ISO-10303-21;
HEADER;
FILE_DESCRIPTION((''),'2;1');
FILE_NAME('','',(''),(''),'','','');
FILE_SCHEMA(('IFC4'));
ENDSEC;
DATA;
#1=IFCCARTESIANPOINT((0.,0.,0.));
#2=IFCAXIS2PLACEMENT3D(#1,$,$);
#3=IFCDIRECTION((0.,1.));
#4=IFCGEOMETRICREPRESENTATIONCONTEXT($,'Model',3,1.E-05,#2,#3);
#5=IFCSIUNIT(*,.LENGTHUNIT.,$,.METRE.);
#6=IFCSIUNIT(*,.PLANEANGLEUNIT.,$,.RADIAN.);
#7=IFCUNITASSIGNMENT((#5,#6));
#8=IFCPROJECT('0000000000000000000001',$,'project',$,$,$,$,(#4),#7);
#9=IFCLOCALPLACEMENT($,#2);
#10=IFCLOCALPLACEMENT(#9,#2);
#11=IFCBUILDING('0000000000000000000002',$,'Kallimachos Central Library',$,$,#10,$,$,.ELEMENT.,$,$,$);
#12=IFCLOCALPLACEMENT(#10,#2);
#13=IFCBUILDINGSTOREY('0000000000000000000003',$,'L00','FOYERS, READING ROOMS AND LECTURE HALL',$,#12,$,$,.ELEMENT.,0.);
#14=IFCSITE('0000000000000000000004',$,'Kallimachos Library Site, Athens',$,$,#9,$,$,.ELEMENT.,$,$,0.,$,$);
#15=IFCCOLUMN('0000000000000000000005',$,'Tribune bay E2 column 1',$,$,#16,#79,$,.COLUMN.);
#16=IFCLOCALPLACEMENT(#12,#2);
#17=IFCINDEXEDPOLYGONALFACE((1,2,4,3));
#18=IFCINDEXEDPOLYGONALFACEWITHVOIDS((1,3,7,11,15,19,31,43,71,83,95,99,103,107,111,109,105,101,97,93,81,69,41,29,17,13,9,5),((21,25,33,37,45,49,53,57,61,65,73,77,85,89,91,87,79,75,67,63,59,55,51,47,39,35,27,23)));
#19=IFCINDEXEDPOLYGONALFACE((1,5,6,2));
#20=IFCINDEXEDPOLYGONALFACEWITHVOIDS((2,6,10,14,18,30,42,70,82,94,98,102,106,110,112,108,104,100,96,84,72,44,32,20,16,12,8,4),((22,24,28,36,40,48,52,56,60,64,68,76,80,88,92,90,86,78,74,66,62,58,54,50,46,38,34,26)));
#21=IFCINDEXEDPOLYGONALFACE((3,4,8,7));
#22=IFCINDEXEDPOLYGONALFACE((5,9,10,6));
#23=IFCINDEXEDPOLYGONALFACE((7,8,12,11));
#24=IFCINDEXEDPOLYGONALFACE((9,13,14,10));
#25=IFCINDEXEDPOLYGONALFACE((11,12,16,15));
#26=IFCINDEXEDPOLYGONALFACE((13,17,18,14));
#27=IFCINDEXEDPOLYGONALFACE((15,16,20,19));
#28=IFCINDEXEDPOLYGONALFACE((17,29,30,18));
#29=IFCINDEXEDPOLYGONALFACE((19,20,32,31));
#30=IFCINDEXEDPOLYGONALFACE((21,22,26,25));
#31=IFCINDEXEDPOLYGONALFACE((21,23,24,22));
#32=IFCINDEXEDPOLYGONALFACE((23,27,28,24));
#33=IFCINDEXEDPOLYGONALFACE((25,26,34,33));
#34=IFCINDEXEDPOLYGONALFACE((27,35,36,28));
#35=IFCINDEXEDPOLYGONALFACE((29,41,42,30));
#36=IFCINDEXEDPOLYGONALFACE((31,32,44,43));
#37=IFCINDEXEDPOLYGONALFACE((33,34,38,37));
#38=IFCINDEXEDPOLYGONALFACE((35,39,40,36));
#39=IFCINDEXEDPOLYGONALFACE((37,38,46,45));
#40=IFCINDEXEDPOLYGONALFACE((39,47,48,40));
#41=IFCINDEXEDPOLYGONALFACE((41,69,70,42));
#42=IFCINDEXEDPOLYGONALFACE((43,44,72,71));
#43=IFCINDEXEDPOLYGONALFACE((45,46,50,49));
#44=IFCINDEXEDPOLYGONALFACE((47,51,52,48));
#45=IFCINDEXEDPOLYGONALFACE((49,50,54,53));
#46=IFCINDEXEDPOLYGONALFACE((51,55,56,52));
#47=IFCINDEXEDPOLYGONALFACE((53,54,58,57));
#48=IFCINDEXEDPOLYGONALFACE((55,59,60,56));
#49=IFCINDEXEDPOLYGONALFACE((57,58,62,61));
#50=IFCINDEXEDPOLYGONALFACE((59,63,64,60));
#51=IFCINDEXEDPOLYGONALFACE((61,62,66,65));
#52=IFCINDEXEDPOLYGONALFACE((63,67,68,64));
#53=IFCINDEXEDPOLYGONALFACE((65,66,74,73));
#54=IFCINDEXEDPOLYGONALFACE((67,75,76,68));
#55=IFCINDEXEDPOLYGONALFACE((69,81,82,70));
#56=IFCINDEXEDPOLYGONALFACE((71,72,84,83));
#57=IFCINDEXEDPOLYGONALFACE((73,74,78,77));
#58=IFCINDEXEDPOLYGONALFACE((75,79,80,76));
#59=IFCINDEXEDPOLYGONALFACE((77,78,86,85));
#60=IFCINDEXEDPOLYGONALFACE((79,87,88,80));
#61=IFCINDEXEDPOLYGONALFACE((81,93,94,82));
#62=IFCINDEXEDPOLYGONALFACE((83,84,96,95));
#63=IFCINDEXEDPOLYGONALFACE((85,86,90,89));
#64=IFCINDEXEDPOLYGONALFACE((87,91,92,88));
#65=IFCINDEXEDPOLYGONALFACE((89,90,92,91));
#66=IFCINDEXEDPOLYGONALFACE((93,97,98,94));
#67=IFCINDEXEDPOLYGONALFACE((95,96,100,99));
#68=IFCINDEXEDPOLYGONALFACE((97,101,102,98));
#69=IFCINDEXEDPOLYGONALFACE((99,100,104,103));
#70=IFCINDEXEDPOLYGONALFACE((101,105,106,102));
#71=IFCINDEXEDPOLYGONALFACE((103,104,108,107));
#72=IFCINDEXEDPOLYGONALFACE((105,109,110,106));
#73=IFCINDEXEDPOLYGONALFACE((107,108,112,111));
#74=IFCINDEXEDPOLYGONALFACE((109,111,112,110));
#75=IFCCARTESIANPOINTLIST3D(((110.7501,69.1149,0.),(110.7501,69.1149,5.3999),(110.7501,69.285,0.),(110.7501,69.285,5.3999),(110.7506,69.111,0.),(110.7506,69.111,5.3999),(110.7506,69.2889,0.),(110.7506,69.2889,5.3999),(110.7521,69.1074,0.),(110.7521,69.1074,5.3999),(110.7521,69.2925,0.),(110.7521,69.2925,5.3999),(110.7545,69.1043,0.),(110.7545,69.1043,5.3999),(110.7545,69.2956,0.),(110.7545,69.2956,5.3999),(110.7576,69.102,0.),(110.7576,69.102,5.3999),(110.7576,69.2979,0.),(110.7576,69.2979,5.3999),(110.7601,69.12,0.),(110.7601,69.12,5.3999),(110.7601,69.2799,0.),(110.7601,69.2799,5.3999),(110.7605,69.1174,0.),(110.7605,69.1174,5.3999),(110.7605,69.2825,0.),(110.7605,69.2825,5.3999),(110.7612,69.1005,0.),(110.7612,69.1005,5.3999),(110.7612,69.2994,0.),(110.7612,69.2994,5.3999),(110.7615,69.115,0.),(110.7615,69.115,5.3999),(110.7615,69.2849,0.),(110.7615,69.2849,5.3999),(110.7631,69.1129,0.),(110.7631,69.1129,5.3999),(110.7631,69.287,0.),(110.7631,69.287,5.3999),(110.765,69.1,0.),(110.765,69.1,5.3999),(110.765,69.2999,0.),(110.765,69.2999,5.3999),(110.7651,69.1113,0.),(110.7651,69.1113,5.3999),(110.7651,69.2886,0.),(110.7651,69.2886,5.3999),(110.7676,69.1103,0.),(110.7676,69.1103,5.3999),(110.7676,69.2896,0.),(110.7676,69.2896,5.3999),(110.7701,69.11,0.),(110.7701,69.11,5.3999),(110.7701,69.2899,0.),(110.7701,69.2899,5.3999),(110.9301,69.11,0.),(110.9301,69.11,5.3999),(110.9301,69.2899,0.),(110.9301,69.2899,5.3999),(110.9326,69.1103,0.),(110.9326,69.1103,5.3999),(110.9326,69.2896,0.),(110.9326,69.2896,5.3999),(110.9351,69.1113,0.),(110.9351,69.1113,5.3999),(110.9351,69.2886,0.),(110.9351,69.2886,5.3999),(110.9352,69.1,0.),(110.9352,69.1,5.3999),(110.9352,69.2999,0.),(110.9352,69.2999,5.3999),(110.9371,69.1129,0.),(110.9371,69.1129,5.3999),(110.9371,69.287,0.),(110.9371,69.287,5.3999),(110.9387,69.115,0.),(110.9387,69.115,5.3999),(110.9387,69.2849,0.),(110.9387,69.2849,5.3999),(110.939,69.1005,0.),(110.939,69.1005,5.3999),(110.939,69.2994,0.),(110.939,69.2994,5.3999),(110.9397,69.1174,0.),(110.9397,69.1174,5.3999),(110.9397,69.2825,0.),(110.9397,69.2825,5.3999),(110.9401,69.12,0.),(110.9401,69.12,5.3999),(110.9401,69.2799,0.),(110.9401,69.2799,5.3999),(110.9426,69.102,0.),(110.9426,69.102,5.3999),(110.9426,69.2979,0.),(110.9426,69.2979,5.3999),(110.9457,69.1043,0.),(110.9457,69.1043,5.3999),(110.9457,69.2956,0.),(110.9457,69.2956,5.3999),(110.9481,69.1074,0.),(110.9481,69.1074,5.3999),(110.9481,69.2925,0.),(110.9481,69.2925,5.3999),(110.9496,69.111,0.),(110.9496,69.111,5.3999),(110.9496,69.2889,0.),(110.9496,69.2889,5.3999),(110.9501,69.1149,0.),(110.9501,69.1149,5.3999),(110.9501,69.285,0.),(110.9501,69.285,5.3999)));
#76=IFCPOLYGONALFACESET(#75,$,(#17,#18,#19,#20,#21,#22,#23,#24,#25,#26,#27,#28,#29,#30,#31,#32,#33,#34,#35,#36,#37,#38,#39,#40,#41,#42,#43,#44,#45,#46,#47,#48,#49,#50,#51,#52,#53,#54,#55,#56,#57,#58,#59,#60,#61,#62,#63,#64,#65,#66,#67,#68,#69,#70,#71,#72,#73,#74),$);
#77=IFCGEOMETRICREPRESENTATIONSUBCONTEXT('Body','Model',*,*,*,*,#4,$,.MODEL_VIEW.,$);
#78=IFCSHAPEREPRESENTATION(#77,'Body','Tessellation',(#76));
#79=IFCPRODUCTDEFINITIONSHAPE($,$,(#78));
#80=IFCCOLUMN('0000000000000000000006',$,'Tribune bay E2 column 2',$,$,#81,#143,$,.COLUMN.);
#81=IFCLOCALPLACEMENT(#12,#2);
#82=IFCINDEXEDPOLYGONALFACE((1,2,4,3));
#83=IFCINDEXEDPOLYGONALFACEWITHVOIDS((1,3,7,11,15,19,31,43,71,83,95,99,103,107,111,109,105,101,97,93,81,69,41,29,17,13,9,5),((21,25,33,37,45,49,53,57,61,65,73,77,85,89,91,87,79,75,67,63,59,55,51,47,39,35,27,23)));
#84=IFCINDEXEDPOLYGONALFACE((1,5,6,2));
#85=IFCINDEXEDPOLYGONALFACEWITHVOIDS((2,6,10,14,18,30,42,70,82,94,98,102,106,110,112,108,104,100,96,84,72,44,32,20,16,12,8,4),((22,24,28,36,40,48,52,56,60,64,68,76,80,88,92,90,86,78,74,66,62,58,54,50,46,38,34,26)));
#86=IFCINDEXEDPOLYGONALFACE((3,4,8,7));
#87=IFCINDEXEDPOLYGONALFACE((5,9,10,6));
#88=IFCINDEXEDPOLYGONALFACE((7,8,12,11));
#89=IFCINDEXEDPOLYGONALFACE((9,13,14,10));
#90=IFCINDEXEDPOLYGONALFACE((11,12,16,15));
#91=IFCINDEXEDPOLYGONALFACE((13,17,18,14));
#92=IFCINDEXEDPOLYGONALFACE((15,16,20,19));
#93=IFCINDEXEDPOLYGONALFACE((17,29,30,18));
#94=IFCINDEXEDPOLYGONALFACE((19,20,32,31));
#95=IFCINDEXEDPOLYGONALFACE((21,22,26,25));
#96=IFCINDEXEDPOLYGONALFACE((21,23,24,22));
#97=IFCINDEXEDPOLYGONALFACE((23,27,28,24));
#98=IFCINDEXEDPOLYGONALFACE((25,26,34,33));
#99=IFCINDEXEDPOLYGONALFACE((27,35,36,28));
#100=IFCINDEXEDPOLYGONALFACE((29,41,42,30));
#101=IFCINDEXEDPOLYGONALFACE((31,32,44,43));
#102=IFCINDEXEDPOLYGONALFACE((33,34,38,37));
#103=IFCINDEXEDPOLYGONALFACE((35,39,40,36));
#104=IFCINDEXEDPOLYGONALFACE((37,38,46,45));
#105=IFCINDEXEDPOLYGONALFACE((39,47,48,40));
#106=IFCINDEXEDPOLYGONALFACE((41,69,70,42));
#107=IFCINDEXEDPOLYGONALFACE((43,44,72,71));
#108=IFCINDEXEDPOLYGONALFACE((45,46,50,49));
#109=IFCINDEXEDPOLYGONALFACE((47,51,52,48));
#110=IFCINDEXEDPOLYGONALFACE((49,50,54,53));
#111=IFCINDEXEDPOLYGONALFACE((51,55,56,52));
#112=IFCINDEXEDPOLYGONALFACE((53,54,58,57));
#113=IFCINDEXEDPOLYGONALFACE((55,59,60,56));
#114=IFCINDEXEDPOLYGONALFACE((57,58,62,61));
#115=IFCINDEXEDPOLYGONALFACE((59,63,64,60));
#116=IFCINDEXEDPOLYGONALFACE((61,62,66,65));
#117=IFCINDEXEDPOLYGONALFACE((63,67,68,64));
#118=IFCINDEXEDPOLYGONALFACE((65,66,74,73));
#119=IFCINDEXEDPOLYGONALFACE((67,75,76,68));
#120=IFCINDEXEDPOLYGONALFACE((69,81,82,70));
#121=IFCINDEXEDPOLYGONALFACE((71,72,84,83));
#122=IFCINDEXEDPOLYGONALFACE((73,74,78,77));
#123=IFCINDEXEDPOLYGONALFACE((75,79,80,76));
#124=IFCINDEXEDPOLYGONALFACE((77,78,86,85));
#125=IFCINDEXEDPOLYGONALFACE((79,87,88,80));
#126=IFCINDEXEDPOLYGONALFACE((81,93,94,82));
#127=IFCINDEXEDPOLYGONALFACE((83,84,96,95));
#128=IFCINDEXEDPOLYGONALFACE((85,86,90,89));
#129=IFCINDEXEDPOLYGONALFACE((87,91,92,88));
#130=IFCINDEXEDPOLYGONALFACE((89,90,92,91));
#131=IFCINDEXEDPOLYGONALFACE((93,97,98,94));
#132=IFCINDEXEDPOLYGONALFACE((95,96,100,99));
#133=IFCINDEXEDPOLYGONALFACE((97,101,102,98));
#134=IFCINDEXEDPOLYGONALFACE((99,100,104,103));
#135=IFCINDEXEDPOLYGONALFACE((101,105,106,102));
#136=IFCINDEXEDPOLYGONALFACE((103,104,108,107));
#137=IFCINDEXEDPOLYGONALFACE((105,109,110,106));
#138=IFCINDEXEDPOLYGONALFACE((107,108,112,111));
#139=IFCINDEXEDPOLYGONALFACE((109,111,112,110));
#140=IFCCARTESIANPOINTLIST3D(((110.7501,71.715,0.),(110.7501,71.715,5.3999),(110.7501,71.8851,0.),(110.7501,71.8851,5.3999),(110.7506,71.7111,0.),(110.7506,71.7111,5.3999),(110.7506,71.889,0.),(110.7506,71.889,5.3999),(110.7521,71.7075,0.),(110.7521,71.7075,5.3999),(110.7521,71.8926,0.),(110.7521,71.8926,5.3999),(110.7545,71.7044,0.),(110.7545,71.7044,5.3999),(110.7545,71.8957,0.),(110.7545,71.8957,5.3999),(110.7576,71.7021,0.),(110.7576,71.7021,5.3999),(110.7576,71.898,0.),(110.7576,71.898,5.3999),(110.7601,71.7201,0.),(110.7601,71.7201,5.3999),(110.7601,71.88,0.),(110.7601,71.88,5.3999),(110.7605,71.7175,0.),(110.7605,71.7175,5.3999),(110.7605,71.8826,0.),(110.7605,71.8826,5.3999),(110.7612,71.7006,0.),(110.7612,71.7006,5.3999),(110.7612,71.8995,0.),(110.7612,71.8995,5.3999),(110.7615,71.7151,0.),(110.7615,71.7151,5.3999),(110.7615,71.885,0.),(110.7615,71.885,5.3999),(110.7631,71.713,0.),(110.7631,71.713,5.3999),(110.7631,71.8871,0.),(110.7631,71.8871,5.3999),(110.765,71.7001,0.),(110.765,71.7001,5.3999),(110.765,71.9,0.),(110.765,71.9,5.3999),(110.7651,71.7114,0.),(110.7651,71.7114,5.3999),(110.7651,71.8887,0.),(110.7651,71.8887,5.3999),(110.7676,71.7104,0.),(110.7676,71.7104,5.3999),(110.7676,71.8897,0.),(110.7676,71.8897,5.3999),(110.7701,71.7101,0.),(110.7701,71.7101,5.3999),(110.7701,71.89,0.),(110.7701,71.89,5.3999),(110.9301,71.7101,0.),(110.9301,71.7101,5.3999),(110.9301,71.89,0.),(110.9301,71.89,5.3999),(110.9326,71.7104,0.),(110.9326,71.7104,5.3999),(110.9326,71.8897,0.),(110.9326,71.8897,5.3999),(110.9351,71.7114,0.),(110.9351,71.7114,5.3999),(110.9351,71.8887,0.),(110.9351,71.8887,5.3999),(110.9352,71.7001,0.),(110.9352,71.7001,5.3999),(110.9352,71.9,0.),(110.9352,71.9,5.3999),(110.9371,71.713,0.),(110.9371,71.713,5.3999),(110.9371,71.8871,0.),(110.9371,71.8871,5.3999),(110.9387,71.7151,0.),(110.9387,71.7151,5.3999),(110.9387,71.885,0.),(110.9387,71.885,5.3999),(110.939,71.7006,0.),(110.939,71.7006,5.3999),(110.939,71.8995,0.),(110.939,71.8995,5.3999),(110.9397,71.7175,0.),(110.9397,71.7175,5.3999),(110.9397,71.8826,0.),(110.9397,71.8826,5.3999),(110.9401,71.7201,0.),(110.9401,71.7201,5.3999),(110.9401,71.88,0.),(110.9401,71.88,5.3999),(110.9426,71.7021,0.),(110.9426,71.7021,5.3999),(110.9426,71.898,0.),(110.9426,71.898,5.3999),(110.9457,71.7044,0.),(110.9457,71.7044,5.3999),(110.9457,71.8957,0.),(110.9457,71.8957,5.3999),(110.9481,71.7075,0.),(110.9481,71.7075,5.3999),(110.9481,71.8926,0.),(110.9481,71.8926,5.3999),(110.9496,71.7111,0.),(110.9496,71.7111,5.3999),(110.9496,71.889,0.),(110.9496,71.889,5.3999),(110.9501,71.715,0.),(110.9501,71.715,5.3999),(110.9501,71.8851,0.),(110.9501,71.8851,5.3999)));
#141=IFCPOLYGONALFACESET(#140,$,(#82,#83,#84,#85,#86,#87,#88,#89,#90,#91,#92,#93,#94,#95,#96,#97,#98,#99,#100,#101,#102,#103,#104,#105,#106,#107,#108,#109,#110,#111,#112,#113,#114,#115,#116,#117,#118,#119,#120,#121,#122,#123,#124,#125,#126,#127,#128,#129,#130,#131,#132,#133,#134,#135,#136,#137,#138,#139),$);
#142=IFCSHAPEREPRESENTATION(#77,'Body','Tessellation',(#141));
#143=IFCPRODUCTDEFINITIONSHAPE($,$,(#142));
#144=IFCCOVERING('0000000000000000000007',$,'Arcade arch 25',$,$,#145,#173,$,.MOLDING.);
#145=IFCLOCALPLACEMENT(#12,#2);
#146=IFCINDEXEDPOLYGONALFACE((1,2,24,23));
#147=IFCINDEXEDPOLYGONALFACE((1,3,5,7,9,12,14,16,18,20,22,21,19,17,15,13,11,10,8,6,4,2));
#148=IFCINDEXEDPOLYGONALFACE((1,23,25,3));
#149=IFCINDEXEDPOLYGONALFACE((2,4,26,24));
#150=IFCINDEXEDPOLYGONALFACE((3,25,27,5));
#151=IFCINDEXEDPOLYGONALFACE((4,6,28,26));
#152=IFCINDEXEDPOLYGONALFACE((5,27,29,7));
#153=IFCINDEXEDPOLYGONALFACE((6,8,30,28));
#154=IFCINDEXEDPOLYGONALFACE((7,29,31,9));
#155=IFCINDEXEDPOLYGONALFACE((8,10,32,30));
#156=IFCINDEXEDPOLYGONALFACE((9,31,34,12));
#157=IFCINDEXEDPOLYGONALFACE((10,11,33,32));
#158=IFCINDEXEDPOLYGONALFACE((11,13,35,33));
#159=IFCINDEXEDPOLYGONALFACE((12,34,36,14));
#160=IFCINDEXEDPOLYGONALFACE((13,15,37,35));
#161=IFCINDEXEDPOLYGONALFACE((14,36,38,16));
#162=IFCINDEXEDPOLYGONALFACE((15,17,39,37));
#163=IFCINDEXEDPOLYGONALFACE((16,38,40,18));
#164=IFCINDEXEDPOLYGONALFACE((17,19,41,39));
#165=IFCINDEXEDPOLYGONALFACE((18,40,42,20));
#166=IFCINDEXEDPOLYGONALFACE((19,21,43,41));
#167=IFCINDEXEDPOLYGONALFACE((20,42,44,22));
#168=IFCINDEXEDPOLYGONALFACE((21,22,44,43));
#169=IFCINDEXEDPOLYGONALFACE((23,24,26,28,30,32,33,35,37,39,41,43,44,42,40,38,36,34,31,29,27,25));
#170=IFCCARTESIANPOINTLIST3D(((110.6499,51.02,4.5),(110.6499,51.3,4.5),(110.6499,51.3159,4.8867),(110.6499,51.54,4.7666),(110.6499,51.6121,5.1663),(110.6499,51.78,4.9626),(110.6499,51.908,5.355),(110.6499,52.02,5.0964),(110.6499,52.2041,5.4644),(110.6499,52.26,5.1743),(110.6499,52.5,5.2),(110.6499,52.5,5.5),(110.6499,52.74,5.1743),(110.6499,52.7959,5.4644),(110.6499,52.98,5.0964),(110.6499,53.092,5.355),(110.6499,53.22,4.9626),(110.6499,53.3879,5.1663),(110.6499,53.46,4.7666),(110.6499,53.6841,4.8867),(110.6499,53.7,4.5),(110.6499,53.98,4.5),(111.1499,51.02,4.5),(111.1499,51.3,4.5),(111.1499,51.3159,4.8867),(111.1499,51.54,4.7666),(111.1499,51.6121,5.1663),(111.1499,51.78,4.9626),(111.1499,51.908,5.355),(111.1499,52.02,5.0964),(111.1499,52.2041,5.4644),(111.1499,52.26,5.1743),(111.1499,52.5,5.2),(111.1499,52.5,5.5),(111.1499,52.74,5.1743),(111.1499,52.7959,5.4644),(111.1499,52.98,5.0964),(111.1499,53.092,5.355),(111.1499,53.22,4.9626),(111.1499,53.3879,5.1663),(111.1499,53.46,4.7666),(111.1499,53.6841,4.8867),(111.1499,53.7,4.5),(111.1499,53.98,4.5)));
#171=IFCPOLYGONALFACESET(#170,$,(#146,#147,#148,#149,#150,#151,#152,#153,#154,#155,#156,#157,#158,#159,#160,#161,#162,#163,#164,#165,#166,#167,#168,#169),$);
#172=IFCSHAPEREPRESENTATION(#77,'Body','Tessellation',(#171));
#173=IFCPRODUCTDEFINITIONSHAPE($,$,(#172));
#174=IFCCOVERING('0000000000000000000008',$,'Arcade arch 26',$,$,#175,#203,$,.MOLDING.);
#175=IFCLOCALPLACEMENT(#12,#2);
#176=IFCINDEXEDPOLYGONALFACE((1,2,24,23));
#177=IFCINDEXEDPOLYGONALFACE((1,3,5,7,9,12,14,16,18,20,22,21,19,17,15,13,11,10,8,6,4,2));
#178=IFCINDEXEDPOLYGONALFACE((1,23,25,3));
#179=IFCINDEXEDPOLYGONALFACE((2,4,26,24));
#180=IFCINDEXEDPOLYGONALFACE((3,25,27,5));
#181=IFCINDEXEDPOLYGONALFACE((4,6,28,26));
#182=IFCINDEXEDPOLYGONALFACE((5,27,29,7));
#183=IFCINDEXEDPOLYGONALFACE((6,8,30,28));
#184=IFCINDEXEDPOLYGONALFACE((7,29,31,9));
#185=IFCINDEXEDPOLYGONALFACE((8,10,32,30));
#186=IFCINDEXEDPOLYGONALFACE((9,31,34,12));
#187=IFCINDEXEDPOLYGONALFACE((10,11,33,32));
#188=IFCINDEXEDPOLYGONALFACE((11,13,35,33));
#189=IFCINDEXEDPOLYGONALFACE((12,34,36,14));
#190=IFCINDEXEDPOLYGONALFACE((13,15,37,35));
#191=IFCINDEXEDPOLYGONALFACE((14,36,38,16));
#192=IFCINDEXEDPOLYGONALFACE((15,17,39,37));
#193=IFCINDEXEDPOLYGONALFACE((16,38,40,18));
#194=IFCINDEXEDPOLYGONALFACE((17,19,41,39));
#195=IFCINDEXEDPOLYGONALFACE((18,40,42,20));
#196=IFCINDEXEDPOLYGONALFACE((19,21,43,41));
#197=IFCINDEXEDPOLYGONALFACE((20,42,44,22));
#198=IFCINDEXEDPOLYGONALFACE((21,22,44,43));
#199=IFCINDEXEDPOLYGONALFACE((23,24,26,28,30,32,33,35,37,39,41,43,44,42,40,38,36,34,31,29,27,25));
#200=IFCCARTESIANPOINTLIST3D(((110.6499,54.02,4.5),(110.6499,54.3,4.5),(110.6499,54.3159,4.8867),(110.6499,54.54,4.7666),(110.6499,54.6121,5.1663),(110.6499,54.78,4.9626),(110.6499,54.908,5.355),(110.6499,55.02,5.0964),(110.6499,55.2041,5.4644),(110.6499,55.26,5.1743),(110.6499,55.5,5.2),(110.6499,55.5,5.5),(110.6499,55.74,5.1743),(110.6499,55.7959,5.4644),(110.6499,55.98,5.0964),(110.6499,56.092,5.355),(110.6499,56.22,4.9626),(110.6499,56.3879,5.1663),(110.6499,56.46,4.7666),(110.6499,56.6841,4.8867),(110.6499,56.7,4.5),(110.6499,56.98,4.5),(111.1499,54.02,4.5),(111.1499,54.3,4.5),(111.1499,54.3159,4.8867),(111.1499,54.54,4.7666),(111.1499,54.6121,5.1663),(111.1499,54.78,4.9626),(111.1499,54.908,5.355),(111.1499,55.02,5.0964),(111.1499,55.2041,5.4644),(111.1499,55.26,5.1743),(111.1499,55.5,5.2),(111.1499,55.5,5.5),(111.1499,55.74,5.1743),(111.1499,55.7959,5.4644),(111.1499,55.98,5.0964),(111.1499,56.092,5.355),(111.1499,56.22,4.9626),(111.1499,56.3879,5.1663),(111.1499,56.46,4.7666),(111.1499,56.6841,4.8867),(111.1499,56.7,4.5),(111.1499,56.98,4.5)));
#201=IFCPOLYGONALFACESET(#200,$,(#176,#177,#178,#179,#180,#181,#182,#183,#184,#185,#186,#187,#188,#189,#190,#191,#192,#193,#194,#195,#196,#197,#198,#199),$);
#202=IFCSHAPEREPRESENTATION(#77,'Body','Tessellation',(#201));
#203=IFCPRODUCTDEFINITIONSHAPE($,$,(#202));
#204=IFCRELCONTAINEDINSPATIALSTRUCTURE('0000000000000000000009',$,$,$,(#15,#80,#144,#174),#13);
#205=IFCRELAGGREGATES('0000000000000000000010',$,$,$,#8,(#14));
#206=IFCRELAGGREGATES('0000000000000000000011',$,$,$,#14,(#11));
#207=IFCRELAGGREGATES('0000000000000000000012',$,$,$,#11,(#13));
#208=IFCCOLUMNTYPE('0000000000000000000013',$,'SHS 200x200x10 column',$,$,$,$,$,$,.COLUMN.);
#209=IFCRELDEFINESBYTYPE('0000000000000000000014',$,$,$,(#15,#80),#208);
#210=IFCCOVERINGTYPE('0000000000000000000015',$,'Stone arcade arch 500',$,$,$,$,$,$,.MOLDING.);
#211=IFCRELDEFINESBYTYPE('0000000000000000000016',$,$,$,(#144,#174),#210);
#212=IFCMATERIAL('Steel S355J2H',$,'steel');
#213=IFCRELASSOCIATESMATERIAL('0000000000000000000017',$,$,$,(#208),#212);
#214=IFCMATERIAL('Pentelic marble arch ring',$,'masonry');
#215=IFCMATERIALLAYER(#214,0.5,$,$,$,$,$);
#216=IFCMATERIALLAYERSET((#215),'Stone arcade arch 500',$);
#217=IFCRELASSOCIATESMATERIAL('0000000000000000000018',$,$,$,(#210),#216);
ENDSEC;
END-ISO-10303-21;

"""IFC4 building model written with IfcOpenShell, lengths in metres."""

from ifc_helpers import new_model, si_unit, direction, frame, origin, origin_2d, place, context, subcontext, project, spatial, polyline, hollow_rectangle, outline, extrude, material, layer, layer_set, material_profile, profile_set, type_object, element, save


model = new_model("IFC4")

# Units and contexts
model_context = context("Model", 3, precision=1e-05, world=origin(), true_north=direction((0.0, 1.0)))
body_context = subcontext(model_context, "Body", "Model", "MODEL_VIEW")
ifc_project = project(units=[si_unit("LENGTHUNIT", "METRE"), si_unit("PLANEANGLEUNIT", "RADIAN")], contexts=[model_context])

# Site, building, storey
site_placement = place(None, origin())
site = spatial("IfcSite", under=ifc_project, at=site_placement, Name="Kallimachos Library Site, Athens", CompositionType="ELEMENT", RefElevation=0.0)
building_placement = place(site_placement, origin())
building = spatial("IfcBuilding", under=site, at=building_placement, Name="Kallimachos Central Library", CompositionType="ELEMENT")
storey_placement = place(building_placement, origin())
storey = spatial("IfcBuildingStorey", under=building, at=storey_placement, Name="L00", Description="FOYERS, READING ROOMS AND LECTURE HALL", CompositionType="ELEMENT", Elevation=0.0)

# Columns
ifc_material_1 = material(Name="Steel S355J2H", Category="steel")
ifc_material_profile = material_profile(ifc_material_1, hollow_rectangle(XDim=0.2, YDim=0.2, WallThickness=0.01, InnerFilletRadius=0.01, OuterFilletRadius=0.0149, at=origin_2d()), Name="SHS 200x200x10")
ifc_profile_set = profile_set([ifc_material_profile], Name="Steel S355J2H")
column_type = type_object("IfcColumnType", Name="SHS 200x200x10 column", PredefinedType="COLUMN", material=ifc_profile_set)
for number, where, z_axis, x_axis, name in (
    (1, (110.8501, 69.2, 0.0), (0.0, 0.0, 1.0), (1.0, 0.0, 0.0), "Tribune bay E2 column 1"),
    (2, (110.8501, 71.8, 0.0), (0.0, 0.0, 1.0), (1.0, 0.0, 0.0), "Tribune bay E2 column 2"),
):
    element("IfcColumn", number, at=place(storey_placement, frame(where, z_axis=z_axis, x_axis=x_axis)), inside=storey, type_object=column_type, Name=name, PredefinedType="COLUMN", context=body_context, shape_type="SweptSolid", body=[
        extrude(hollow_rectangle(XDim=0.2, YDim=0.2, WallThickness=0.01, InnerFilletRadius=0.01, OuterFilletRadius=0.0149, at=origin_2d()), origin(), (0.0, 0.0, 1.0), 5.3999),
    ])

# Coverings
ifc_material_2 = material(Name="Pentelic marble arch ring", Category="masonry")
ifc_layer_1 = layer(ifc_material_2, 0.5)
ifc_layer_set_1 = layer_set([ifc_layer_1], Name="Stone arcade arch 500")
covering_type_1 = type_object("IfcCoveringType", Name="Stone arcade arch 500", PredefinedType="MOLDING", material=ifc_layer_set_1)
for number, where, z_axis, x_axis, name in (
    (3, (111.1499, 51.02, 4.5), (1.0, 0.0, 0.0), (0.0, 1.0, 0.0), "Arcade arch 25"),
    (4, (111.1499, 54.02, 4.5), (1.0, 0.0, 0.0), (0.0, 1.0, 0.0), "Arcade arch 26"),
):
    element("IfcCovering", number, at=place(storey_placement, frame(where, z_axis=z_axis, x_axis=x_axis)), inside=storey, type_object=covering_type_1, Name=name, PredefinedType="MOLDING", context=body_context, shape_type="SweptSolid", body=[
        extrude(outline(polyline([(0.0, 0.0), (0.28, 0.0), (0.28, 0.0), (0.52, 0.2666), (0.76, 0.4626), (1.0, 0.5964), (1.24, 0.6743), (1.48, 0.7), (1.72, 0.6743), (1.96, 0.5964), (2.2, 0.4626), (2.4399, 0.2666), (2.6799, 0.0), (2.6799, 0.0), (2.96, 0.0), (2.96, 0.0), (2.6641, 0.3867), (2.3679, 0.6663), (2.072, 0.855), (1.7759, 0.9644), (1.48, 1.0), (1.1841, 0.9644), (0.8879, 0.855), (0.592, 0.6663), (0.2959, 0.3867), (0.0, 0.0), (0.0, 0.0)])), origin(), (0.0, 0.0, -1.0), 0.5),
    ])

save(model, "model.ifc")
